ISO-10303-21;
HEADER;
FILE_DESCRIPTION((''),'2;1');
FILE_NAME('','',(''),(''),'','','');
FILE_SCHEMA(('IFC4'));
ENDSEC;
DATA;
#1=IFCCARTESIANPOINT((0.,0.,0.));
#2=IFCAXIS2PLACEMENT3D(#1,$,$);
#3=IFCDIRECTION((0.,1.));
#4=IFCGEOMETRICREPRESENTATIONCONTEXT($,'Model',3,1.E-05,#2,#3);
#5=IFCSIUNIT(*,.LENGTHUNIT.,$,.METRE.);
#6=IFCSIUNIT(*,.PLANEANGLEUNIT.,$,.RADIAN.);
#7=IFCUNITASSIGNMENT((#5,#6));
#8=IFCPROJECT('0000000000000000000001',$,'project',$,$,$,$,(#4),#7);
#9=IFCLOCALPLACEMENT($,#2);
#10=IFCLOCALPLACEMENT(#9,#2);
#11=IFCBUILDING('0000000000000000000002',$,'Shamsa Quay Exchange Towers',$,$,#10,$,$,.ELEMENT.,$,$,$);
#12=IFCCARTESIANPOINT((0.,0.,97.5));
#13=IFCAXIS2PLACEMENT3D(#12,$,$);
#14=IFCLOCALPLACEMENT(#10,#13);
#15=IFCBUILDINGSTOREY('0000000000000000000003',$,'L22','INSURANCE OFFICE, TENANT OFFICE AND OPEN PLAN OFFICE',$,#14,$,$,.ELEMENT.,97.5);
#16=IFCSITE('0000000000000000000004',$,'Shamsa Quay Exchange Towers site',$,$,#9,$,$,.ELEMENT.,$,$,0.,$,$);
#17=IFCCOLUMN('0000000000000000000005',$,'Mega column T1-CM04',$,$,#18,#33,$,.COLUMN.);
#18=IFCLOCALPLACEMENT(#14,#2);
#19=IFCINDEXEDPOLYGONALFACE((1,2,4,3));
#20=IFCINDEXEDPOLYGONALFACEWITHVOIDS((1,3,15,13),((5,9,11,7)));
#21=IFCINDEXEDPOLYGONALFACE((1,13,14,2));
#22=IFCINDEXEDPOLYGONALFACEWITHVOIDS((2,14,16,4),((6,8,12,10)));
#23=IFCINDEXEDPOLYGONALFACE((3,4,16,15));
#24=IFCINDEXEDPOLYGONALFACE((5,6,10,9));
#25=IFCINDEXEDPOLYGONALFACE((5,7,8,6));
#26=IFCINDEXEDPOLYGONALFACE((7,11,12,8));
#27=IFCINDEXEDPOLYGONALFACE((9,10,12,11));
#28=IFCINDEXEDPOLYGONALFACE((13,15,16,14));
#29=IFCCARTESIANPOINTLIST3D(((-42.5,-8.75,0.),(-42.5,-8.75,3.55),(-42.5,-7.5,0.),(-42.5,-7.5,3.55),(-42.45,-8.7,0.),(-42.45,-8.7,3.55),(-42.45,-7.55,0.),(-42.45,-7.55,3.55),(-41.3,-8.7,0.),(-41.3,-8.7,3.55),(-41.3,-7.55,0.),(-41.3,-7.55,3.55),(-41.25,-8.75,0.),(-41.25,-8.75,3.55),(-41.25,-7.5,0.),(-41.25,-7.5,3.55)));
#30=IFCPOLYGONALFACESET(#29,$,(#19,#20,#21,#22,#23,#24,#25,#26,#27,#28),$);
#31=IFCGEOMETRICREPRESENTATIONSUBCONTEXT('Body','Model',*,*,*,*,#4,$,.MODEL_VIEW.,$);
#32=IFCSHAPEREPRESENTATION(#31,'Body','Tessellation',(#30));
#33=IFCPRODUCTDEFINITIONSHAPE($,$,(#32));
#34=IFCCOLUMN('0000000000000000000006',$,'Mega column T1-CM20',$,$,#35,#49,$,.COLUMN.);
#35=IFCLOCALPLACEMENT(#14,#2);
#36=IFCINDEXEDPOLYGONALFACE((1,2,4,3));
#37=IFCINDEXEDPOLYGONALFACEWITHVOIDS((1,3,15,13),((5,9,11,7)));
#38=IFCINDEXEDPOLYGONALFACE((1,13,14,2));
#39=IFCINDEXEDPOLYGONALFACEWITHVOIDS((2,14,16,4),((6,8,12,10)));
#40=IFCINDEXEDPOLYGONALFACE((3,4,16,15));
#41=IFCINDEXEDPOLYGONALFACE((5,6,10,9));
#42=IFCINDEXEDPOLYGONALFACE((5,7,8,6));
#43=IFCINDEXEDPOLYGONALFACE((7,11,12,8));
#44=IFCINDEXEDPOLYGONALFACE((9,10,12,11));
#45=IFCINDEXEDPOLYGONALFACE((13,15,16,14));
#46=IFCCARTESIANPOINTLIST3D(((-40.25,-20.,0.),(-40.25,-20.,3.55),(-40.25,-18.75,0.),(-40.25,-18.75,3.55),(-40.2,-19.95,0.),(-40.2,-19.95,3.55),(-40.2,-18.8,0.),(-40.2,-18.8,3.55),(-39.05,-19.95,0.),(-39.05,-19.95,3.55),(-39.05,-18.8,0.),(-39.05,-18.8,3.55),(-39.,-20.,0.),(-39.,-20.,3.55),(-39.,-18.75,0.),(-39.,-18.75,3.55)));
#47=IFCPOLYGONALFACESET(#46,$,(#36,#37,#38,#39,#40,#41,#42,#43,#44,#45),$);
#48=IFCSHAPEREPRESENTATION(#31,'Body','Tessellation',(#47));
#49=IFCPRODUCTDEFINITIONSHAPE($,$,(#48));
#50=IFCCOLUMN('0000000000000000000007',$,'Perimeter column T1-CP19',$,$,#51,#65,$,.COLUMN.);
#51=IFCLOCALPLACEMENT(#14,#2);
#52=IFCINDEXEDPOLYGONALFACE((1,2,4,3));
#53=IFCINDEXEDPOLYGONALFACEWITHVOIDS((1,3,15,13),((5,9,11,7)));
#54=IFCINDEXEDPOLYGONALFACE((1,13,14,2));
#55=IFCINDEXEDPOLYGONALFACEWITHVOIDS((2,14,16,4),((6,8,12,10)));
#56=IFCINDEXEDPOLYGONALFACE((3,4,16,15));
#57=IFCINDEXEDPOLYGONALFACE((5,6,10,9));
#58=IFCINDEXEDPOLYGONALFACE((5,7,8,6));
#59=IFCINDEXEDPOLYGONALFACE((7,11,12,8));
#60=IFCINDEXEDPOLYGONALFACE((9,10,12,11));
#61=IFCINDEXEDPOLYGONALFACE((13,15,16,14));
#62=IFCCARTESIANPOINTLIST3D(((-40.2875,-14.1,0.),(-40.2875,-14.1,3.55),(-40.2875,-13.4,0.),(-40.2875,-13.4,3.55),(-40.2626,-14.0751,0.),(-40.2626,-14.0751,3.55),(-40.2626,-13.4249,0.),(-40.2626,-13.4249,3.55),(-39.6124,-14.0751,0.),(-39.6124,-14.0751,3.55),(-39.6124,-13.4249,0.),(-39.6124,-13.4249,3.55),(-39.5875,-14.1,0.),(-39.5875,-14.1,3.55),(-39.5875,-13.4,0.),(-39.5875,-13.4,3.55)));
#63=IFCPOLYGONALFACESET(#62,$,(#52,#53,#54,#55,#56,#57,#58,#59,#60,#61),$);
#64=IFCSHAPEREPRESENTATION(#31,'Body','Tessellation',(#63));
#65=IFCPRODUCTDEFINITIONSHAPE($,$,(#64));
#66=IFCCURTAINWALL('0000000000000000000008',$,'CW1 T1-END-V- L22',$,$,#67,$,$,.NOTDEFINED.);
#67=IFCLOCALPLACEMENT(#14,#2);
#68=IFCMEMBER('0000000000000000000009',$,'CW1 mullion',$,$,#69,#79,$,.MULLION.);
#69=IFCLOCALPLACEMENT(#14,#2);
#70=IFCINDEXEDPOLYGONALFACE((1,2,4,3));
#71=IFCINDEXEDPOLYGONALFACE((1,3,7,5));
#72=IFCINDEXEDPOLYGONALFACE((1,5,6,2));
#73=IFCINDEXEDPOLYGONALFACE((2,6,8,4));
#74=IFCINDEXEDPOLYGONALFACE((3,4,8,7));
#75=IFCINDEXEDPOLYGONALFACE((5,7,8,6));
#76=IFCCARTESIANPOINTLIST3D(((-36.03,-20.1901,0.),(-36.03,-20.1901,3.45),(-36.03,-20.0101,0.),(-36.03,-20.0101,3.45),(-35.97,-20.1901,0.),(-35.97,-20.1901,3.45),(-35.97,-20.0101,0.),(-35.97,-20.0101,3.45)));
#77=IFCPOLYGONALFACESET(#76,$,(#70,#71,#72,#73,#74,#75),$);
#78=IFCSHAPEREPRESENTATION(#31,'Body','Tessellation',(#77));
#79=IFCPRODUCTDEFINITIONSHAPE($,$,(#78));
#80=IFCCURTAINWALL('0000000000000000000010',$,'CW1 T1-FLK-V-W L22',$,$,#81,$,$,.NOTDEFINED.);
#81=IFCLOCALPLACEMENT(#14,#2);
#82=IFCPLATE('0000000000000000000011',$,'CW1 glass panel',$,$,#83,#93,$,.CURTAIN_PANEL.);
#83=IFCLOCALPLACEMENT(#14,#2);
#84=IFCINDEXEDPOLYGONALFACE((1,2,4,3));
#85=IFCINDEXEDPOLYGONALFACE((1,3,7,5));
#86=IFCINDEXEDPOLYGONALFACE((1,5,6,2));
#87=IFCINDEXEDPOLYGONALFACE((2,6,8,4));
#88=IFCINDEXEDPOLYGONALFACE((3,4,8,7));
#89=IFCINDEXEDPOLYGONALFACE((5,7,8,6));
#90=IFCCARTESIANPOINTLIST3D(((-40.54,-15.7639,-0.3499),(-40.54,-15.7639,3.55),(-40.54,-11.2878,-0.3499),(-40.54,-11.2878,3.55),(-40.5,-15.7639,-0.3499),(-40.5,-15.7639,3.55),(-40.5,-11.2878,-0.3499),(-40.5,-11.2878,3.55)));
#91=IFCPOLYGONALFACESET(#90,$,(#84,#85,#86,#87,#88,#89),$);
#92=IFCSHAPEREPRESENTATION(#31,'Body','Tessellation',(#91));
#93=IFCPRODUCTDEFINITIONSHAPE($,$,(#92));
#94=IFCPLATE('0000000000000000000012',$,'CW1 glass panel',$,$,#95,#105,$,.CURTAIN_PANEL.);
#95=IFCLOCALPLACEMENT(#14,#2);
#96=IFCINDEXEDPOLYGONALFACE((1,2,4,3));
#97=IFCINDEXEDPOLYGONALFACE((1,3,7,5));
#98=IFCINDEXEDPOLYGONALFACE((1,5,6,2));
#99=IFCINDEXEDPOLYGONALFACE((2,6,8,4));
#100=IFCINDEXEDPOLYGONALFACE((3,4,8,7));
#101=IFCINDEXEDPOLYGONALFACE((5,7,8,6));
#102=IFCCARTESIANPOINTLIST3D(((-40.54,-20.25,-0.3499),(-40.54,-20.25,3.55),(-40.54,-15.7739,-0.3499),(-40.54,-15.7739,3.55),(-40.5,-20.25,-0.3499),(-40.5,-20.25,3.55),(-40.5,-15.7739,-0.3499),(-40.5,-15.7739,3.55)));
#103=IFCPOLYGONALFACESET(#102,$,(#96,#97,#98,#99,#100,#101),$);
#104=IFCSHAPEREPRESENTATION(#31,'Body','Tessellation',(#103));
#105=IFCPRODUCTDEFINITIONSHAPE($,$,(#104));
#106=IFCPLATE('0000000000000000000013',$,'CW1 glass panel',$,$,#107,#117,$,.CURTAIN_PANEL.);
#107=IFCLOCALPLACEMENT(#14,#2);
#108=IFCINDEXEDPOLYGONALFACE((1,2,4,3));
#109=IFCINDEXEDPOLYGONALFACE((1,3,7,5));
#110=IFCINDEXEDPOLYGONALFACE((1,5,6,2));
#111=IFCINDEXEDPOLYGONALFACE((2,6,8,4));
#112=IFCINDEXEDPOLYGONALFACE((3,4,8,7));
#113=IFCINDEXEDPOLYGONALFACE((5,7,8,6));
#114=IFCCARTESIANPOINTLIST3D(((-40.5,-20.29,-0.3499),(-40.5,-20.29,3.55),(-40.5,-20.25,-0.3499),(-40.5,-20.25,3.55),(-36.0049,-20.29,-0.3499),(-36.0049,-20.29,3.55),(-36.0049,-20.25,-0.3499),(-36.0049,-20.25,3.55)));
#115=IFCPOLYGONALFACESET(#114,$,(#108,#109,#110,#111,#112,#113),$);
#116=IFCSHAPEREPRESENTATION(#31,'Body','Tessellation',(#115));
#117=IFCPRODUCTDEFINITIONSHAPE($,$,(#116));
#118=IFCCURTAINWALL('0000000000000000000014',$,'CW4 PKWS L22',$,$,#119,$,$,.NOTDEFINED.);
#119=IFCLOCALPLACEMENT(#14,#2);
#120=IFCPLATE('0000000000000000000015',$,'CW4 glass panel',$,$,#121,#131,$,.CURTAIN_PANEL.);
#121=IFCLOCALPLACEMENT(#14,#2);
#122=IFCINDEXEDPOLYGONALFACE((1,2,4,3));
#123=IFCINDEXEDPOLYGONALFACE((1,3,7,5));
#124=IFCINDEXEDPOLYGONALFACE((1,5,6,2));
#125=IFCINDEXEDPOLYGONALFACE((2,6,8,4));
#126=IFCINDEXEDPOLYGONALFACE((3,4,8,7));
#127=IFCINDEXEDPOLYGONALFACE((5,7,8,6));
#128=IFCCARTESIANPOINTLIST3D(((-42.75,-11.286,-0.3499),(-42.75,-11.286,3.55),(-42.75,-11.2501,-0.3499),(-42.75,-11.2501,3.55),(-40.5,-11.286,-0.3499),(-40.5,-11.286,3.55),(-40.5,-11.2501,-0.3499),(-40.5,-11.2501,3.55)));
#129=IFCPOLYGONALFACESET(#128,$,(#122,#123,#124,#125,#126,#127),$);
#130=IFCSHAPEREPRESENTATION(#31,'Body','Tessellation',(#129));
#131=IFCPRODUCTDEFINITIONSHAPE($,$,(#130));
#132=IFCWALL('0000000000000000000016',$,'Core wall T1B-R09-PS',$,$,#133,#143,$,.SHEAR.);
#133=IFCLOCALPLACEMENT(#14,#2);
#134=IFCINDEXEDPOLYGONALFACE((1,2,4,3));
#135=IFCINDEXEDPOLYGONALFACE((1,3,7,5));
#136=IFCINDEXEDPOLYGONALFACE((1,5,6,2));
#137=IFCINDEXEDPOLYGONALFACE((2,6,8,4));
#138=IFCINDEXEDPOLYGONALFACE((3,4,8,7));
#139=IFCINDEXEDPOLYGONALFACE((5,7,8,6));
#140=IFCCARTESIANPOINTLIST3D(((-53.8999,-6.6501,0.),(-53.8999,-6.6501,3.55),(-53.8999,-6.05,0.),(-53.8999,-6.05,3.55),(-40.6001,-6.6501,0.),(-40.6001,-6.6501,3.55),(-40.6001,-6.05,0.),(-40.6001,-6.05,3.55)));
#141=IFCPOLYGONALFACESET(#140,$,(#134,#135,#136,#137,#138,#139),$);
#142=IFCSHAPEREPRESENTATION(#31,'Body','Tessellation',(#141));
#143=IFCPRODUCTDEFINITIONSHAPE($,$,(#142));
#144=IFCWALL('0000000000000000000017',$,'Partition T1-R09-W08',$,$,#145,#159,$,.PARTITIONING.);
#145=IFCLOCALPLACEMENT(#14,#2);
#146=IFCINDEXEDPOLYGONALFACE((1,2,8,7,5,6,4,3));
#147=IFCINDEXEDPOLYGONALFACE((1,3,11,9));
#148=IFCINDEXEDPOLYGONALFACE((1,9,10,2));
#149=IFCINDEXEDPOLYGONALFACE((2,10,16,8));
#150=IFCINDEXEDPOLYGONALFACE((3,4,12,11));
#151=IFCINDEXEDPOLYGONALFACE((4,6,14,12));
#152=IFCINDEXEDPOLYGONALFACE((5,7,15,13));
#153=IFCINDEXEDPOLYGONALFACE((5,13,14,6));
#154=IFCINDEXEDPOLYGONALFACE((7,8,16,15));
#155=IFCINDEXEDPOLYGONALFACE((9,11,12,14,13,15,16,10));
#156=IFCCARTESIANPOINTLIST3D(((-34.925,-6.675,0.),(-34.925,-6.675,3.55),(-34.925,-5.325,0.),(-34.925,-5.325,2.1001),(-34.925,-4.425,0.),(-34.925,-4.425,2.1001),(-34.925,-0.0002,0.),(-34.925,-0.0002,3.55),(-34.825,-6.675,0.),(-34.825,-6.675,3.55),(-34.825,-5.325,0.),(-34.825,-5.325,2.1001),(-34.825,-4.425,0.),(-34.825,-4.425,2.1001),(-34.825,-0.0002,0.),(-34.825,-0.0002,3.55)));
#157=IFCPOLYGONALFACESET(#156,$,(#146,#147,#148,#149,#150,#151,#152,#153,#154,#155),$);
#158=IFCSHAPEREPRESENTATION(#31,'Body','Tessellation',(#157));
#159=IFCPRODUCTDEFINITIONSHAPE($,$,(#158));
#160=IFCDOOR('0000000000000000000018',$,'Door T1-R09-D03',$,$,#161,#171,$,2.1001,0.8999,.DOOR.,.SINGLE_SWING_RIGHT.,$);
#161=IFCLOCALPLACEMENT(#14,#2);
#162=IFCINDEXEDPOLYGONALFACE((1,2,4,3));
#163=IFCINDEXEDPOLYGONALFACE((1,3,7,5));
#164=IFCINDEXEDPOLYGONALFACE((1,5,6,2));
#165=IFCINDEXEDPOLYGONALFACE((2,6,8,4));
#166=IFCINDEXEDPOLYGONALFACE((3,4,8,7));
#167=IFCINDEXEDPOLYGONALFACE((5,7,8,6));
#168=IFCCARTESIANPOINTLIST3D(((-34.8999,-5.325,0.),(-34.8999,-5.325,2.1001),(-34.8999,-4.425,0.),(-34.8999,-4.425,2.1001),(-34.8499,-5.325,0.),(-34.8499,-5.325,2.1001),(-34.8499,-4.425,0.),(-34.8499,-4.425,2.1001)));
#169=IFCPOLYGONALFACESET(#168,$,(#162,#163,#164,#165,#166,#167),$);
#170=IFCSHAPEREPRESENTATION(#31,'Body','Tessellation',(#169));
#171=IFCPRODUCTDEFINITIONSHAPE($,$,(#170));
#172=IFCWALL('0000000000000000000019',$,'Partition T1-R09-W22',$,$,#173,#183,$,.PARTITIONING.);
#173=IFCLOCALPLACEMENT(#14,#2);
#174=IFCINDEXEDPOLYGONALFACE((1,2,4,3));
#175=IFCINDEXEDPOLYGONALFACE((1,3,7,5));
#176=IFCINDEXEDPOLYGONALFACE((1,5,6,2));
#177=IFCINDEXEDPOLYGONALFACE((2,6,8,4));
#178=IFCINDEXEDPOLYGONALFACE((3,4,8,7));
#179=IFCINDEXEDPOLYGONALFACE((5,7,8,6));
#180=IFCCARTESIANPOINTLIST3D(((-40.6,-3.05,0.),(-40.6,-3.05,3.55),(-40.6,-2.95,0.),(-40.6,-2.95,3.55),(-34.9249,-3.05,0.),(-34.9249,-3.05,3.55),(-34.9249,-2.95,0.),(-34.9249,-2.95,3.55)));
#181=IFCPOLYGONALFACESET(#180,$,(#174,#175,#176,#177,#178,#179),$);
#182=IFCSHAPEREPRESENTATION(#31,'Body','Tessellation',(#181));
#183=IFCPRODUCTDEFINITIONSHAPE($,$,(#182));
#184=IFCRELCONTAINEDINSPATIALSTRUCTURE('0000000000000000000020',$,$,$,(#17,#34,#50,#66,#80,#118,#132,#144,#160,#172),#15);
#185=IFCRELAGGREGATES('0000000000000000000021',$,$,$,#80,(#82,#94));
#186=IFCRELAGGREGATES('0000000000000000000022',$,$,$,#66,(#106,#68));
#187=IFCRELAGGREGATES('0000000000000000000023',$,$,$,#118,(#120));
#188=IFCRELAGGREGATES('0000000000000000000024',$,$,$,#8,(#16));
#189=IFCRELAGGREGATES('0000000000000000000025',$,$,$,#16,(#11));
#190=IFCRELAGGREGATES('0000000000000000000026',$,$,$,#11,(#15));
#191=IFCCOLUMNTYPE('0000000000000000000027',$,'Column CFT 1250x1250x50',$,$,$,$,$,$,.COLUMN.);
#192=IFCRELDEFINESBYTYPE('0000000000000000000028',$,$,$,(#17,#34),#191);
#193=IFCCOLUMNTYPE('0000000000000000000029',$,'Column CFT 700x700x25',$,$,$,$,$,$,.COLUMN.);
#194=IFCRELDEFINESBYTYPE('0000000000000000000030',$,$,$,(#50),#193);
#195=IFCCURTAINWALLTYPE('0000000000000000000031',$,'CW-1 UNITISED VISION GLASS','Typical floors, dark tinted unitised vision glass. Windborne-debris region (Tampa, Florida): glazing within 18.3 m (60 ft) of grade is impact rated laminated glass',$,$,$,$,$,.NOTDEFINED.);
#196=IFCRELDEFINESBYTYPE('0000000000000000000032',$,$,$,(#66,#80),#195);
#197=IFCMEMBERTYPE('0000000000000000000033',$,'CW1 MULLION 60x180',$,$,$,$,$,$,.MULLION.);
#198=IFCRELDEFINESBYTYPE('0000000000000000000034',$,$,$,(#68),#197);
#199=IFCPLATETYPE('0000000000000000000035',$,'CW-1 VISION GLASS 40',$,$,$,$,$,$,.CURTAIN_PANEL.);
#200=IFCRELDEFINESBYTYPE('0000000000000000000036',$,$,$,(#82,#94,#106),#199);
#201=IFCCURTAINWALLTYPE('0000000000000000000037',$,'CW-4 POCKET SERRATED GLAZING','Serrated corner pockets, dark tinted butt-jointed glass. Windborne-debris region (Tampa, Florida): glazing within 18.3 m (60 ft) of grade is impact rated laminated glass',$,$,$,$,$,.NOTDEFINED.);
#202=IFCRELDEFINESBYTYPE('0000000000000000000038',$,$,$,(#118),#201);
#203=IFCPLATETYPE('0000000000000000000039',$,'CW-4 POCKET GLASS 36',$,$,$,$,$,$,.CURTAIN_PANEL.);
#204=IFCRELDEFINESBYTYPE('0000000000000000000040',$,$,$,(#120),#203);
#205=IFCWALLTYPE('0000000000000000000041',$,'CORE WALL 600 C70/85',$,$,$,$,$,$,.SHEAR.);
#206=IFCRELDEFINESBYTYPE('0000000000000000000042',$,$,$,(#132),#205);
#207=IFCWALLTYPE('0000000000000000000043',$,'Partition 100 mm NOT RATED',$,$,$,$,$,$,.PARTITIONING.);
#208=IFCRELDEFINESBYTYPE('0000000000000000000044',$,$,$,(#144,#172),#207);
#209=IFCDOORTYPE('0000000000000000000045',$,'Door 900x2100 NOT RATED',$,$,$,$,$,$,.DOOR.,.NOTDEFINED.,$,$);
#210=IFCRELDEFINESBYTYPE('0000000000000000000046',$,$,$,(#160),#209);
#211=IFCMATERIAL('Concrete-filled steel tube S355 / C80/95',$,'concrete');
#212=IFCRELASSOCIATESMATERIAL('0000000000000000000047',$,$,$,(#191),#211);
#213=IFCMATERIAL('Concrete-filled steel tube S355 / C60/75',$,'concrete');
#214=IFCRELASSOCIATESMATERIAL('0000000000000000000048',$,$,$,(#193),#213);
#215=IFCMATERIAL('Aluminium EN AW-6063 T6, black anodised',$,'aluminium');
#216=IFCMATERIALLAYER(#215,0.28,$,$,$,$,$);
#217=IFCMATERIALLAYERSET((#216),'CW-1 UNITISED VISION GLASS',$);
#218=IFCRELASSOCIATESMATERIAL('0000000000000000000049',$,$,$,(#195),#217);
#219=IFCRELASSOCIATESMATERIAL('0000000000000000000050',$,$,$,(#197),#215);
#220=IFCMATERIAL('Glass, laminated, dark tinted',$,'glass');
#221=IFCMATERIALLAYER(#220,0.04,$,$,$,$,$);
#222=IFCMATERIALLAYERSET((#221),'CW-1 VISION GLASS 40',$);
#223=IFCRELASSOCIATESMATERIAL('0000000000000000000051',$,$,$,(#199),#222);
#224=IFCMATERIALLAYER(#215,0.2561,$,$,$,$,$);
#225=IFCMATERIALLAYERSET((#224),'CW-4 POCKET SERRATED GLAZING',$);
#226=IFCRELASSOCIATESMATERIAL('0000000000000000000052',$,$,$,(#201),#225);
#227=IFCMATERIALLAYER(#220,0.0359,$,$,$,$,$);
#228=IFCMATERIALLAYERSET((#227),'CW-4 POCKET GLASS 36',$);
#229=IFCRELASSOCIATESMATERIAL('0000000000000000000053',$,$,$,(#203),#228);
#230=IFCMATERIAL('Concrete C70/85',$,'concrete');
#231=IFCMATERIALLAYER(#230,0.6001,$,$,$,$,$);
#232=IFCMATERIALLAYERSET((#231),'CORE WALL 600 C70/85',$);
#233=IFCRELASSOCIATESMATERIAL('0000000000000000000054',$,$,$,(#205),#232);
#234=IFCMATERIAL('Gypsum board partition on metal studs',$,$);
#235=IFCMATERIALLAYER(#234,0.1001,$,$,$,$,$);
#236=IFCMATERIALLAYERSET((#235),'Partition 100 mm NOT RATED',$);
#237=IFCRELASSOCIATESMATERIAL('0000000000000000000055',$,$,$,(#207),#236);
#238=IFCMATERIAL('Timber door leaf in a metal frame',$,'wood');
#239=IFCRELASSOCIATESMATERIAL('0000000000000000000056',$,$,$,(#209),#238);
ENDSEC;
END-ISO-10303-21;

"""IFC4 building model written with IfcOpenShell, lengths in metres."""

from ifc_helpers import new_model, si_unit, direction, frame, frame_2d, origin, origin_2d, place, context, subcontext, project, spatial, rectangle, hollow_rectangle, extrude, material, layer, layer_set, material_profile, profile_set, type_object, element, fill, aggregate, save


model = new_model("IFC4")

# Units and contexts
model_context = context("Model", 3, precision=1e-05, world=origin(), true_north=direction((0.0, 1.0)))
body_context = subcontext(model_context, "Body", "Model", "MODEL_VIEW")
ifc_project = project(units=[si_unit("LENGTHUNIT", "METRE"), si_unit("PLANEANGLEUNIT", "RADIAN")], contexts=[model_context])

# Site, building, storey
site_placement = place(None, origin())
site = spatial("IfcSite", under=ifc_project, at=site_placement, Name="Shamsa Quay Exchange Towers site", CompositionType="ELEMENT", RefElevation=0.0)
building_placement = place(site_placement, origin())
building = spatial("IfcBuilding", under=site, at=building_placement, Name="Shamsa Quay Exchange Towers", CompositionType="ELEMENT")
storey_placement = place(building_placement, frame((0.0, 0.0, 97.5)))
storey = spatial("IfcBuildingStorey", under=building, at=storey_placement, Name="L22", Description="INSURANCE OFFICE, TENANT OFFICE AND OPEN PLAN OFFICE", CompositionType="ELEMENT", Elevation=97.5)

# Columns
ifc_material_1 = material(Name="Concrete-filled steel tube S355 / C80/95", Category="concrete")
ifc_material_profile_1 = material_profile(ifc_material_1, hollow_rectangle(XDim=1.25, YDim=1.25, WallThickness=0.05, at=origin_2d()), Name="CFT 1250x1250x50")
ifc_profile_set_1 = profile_set([ifc_material_profile_1], Name="Concrete-filled steel tube S355 / C80/95")
column_type_1 = type_object("IfcColumnType", Name="Column CFT 1250x1250x50", PredefinedType="COLUMN", material=ifc_profile_set_1)
for number, where, name in (
    (1, (-41.875, -8.125, 0.0), "Mega column T1-CM04"),
    (2, (-39.625, -19.375, 0.0), "Mega column T1-CM20"),
):
    element("IfcColumn", number, at=place(storey_placement, frame(where)), inside=storey, type_object=column_type_1, Name=name, PredefinedType="COLUMN", context=body_context, shape_type="SweptSolid", body=[
        extrude(hollow_rectangle(XDim=1.25, YDim=1.25, WallThickness=0.05, at=origin_2d()), origin(), (0.0, 0.0, 1.0), 3.55),
    ])
ifc_material_2 = material(Name="Concrete-filled steel tube S355 / C60/75", Category="concrete")
ifc_material_profile_2 = material_profile(ifc_material_2, hollow_rectangle(XDim=0.7, YDim=0.7, WallThickness=0.0249, at=origin_2d()), Name="CFT 700x700x25")
ifc_profile_set_2 = profile_set([ifc_material_profile_2], Name="Concrete-filled steel tube S355 / C60/75")
column_type_2 = type_object("IfcColumnType", Name="Column CFT 700x700x25", PredefinedType="COLUMN", material=ifc_profile_set_2)
column_placement = place(storey_placement, frame((-39.9375, -13.75, 0.0)))
element("IfcColumn", 3, at=column_placement, inside=storey, type_object=column_type_2, Name="Perimeter column T1-CP19", PredefinedType="COLUMN", context=body_context, shape_type="SweptSolid", body=[
    extrude(hollow_rectangle(XDim=0.7, YDim=0.7, WallThickness=0.0249, at=origin_2d()), origin(), (0.0, 0.0, 1.0), 3.55),
])

# Curtain wall, member
ifc_material_3 = material(Name="Aluminium EN AW-6063 T6, black anodised", Category="aluminium")
ifc_layer_1 = layer(ifc_material_3, 0.28)
ifc_layer_set_1 = layer_set([ifc_layer_1], Name="CW-1 UNITISED VISION GLASS")
curtain_wall_type_1 = type_object("IfcCurtainWallType", Name="CW-1 UNITISED VISION GLASS", Description="Typical floors, dark tinted unitised vision glass. Windborne-debris region (Tampa, Florida): glazing within 18.3 m (60 ft) of grade is impact rated laminated glass", PredefinedType="NOTDEFINED", material=ifc_layer_set_1)
curtain_wall_1_placement = place(storey_placement, origin())
curtain_wall_1 = element("IfcCurtainWall", 4, at=curtain_wall_1_placement, inside=storey, type_object=curtain_wall_type_1, Name="CW1 T1-END-V- L22", PredefinedType="NOTDEFINED")
ifc_material_profile_3 = material_profile(ifc_material_3, rectangle(XDim=0.1799, YDim=0.0601, at=origin_2d()), Name="MU60x180")
ifc_profile_set_3 = profile_set([ifc_material_profile_3], Name="Aluminium EN AW-6063 T6, black anodised")
member_type = type_object("IfcMemberType", Name="CW1 MULLION 60x180", PredefinedType="MULLION", material=ifc_profile_set_3)
member_placement = place(storey_placement, frame((-36.0, -20.1001, 0.0), z_axis=(0.0, 0.0, 1.0), x_axis=(0.0, 1.0, 0.0)))
member = element("IfcMember", 5, at=member_placement, type_object=member_type, Name="CW1 mullion", PredefinedType="MULLION", context=body_context, shape_type="SweptSolid", body=[
    extrude(rectangle(XDim=0.1799, YDim=0.0601, at=origin_2d()), origin(), (0.0, 0.0, 1.0), 3.45),
])

# Curtain wall, plates
curtain_wall_2_placement = place(storey_placement, origin())
curtain_wall_2 = element("IfcCurtainWall", 6, at=curtain_wall_2_placement, inside=storey, type_object=curtain_wall_type_1, Name="CW1 T1-FLK-V-W L22", PredefinedType="NOTDEFINED")
ifc_material_4 = material(Name="Glass, laminated, dark tinted", Category="glass")
ifc_layer_2 = layer(ifc_material_4, 0.04)
ifc_layer_set_2 = layer_set([ifc_layer_2], Name="CW-1 VISION GLASS 40")
plate_type_1 = type_object("IfcPlateType", Name="CW-1 VISION GLASS 40", PredefinedType="CURTAIN_PANEL", material=ifc_layer_set_2)
plate_1_placement = place(storey_placement, frame((-40.52, -13.5259, -0.3499), z_axis=(0.0, 0.0, 1.0), x_axis=(0.0, -1.0, 0.0)))
plate_1 = element("IfcPlate", 7, at=plate_1_placement, type_object=plate_type_1, Name="CW1 glass panel", PredefinedType="CURTAIN_PANEL", context=body_context, shape_type="SweptSolid", body=[
    extrude(rectangle(XDim=4.4761, YDim=0.04, at=origin_2d()), origin(), (0.0, 0.0, 1.0), 3.8999),
])
plate_2_placement = place(storey_placement, frame((-40.52, -18.012, -0.3499), z_axis=(0.0, 0.0, 1.0), x_axis=(0.0, -1.0, 0.0)))
plate_2 = element("IfcPlate", 8, at=plate_2_placement, type_object=plate_type_1, Name="CW1 glass panel", PredefinedType="CURTAIN_PANEL", context=body_context, shape_type="SweptSolid", body=[
    extrude(rectangle(XDim=4.4761, YDim=0.04, at=origin_2d()), origin(), (0.0, 0.0, 1.0), 3.8999),
])
aggregate(curtain_wall_2, [plate_1, plate_2])

# Plate
plate_3_placement = place(storey_placement, frame((-38.2524, -20.27, -0.3499)))
plate_3 = element("IfcPlate", 9, at=plate_3_placement, type_object=plate_type_1, Name="CW1 glass panel", PredefinedType="CURTAIN_PANEL", context=body_context, shape_type="SweptSolid", body=[
    extrude(rectangle(XDim=4.4951, YDim=0.04, at=origin_2d()), origin(), (0.0, 0.0, 1.0), 3.8999),
])
aggregate(curtain_wall_1, [plate_3, member])

# Curtain wall, plate
ifc_layer_3 = layer(ifc_material_3, 0.2561)
ifc_layer_set_3 = layer_set([ifc_layer_3], Name="CW-4 POCKET SERRATED GLAZING")
curtain_wall_type_2 = type_object("IfcCurtainWallType", Name="CW-4 POCKET SERRATED GLAZING", Description="Serrated corner pockets, dark tinted butt-jointed glass. Windborne-debris region (Tampa, Florida): glazing within 18.3 m (60 ft) of grade is impact rated laminated glass", PredefinedType="NOTDEFINED", material=ifc_layer_set_3)
curtain_wall_3_placement = place(storey_placement, origin())
curtain_wall_3 = element("IfcCurtainWall", 10, at=curtain_wall_3_placement, inside=storey, type_object=curtain_wall_type_2, Name="CW4 PKWS L22", PredefinedType="NOTDEFINED")
ifc_layer_4 = layer(ifc_material_4, 0.0359)
ifc_layer_set_4 = layer_set([ifc_layer_4], Name="CW-4 POCKET GLASS 36")
plate_type_2 = type_object("IfcPlateType", Name="CW-4 POCKET GLASS 36", PredefinedType="CURTAIN_PANEL", material=ifc_layer_set_4)
plate_4_placement = place(storey_placement, frame((-41.625, -11.2681, -0.3499)))
plate_4 = element("IfcPlate", 11, at=plate_4_placement, type_object=plate_type_2, Name="CW4 glass panel", PredefinedType="CURTAIN_PANEL", context=body_context, shape_type="SweptSolid", body=[
    extrude(rectangle(XDim=2.25, YDim=0.0359, at=origin_2d()), origin(), (0.0, 0.0, 1.0), 3.8999),
])
aggregate(curtain_wall_3, [plate_4])

# Wall
ifc_material_5 = material(Name="Concrete C70/85", Category="concrete")
ifc_layer_5 = layer(ifc_material_5, 0.6001)
ifc_layer_set_5 = layer_set([ifc_layer_5], Name="CORE WALL 600 C70/85")
wall_type_1 = type_object("IfcWallType", Name="CORE WALL 600 C70/85", PredefinedType="SHEAR", material=ifc_layer_set_5)
wall_1_placement = place(storey_placement, frame((-40.6001, -6.3501, 0.0), z_axis=(0.0, 0.0, 1.0), x_axis=(-1.0, 0.0, 0.0)))
element("IfcWall", 12, at=wall_1_placement, inside=storey, type_object=wall_type_1, Name="Core wall T1B-R09-PS", PredefinedType="SHEAR", context=body_context, shape_type="SweptSolid", body=[
    extrude(rectangle(XDim=13.2998, YDim=0.6001, at=frame_2d((6.6499, 0.0))), origin(), (0.0, 0.0, 1.0), 3.55),
])

# Wall, opening, door
ifc_material_6 = material(Name="Gypsum board partition on metal studs")
ifc_layer_6 = layer(ifc_material_6, 0.1001)
ifc_layer_set_6 = layer_set([ifc_layer_6], Name="Partition 100 mm NOT RATED")
wall_type_2 = type_object("IfcWallType", Name="Partition 100 mm NOT RATED", PredefinedType="PARTITIONING", material=ifc_layer_set_6)
wall_2_placement = place(storey_placement, frame((-34.875, -6.675, 0.0), z_axis=(0.0, 0.0, 1.0), x_axis=(0.0, 1.0, 0.0)))
wall_2 = element("IfcWall", 13, at=wall_2_placement, inside=storey, type_object=wall_type_2, Name="Partition T1-R09-W08", PredefinedType="PARTITIONING", context=body_context, shape_type="SweptSolid", body=[
    extrude(rectangle(XDim=6.6748, YDim=0.1001, at=frame_2d((3.3374, 0.0))), origin(), (0.0, 0.0, 1.0), 3.55),
])
opening_1_placement = place(wall_2_placement, frame((1.3501, 0.0, 0.0)))
opening_1 = element("IfcOpeningElement", 14, at=opening_1_placement, cuts=wall_2, PredefinedType="OPENING", context=body_context, shape_type="SweptSolid", body=[
    extrude(rectangle(XDim=0.8999, YDim=2.1001, at=frame_2d((0.45, 1.05))), frame((0.0, 0.0601, 0.0), z_axis=(0.0, -1.0, 0.0), x_axis=(1.0, 0.0, 0.0)), (0.0, 0.0, 1.0), 0.1201),
])
ifc_material_7 = material(Name="Timber door leaf in a metal frame", Category="wood")
door_type_1 = type_object("IfcDoorType", Name="Door 900x2100 NOT RATED", OperationType="NOTDEFINED", PredefinedType="DOOR", material=ifc_material_7)
door_1_placement = place(opening_1_placement, origin())
door_1 = element("IfcDoor", 15, at=door_1_placement, inside=storey, type_object=door_type_1, Name="Door T1-R09-D03", OperationType="SINGLE_SWING_RIGHT", OverallHeight=2.1001, OverallWidth=0.8999, PredefinedType="DOOR", context=body_context, shape_type="SweptSolid", body=[
    extrude(rectangle(XDim=0.8999, YDim=2.1001, at=frame_2d((0.45, 1.05))), frame((0.0, 0.0249, 0.0), z_axis=(0.0, -1.0, 0.0), x_axis=(1.0, 0.0, 0.0)), (0.0, 0.0, 1.0), 0.05),
])
fill(opening_1, door_1)

# Wall
wall_3_placement = place(storey_placement, frame((-34.925, -3.0, 0.0), z_axis=(0.0, 0.0, 1.0), x_axis=(-1.0, 0.0, 0.0)))
element("IfcWall", 16, at=wall_3_placement, inside=storey, type_object=wall_type_2, Name="Partition T1-R09-W22", PredefinedType="PARTITIONING", context=body_context, shape_type="SweptSolid", body=[
    extrude(rectangle(XDim=5.675, YDim=0.1001, at=frame_2d((2.8374, 0.0))), origin(), (0.0, 0.0, 1.0), 3.55),
])

save(model, "model.ifc")
